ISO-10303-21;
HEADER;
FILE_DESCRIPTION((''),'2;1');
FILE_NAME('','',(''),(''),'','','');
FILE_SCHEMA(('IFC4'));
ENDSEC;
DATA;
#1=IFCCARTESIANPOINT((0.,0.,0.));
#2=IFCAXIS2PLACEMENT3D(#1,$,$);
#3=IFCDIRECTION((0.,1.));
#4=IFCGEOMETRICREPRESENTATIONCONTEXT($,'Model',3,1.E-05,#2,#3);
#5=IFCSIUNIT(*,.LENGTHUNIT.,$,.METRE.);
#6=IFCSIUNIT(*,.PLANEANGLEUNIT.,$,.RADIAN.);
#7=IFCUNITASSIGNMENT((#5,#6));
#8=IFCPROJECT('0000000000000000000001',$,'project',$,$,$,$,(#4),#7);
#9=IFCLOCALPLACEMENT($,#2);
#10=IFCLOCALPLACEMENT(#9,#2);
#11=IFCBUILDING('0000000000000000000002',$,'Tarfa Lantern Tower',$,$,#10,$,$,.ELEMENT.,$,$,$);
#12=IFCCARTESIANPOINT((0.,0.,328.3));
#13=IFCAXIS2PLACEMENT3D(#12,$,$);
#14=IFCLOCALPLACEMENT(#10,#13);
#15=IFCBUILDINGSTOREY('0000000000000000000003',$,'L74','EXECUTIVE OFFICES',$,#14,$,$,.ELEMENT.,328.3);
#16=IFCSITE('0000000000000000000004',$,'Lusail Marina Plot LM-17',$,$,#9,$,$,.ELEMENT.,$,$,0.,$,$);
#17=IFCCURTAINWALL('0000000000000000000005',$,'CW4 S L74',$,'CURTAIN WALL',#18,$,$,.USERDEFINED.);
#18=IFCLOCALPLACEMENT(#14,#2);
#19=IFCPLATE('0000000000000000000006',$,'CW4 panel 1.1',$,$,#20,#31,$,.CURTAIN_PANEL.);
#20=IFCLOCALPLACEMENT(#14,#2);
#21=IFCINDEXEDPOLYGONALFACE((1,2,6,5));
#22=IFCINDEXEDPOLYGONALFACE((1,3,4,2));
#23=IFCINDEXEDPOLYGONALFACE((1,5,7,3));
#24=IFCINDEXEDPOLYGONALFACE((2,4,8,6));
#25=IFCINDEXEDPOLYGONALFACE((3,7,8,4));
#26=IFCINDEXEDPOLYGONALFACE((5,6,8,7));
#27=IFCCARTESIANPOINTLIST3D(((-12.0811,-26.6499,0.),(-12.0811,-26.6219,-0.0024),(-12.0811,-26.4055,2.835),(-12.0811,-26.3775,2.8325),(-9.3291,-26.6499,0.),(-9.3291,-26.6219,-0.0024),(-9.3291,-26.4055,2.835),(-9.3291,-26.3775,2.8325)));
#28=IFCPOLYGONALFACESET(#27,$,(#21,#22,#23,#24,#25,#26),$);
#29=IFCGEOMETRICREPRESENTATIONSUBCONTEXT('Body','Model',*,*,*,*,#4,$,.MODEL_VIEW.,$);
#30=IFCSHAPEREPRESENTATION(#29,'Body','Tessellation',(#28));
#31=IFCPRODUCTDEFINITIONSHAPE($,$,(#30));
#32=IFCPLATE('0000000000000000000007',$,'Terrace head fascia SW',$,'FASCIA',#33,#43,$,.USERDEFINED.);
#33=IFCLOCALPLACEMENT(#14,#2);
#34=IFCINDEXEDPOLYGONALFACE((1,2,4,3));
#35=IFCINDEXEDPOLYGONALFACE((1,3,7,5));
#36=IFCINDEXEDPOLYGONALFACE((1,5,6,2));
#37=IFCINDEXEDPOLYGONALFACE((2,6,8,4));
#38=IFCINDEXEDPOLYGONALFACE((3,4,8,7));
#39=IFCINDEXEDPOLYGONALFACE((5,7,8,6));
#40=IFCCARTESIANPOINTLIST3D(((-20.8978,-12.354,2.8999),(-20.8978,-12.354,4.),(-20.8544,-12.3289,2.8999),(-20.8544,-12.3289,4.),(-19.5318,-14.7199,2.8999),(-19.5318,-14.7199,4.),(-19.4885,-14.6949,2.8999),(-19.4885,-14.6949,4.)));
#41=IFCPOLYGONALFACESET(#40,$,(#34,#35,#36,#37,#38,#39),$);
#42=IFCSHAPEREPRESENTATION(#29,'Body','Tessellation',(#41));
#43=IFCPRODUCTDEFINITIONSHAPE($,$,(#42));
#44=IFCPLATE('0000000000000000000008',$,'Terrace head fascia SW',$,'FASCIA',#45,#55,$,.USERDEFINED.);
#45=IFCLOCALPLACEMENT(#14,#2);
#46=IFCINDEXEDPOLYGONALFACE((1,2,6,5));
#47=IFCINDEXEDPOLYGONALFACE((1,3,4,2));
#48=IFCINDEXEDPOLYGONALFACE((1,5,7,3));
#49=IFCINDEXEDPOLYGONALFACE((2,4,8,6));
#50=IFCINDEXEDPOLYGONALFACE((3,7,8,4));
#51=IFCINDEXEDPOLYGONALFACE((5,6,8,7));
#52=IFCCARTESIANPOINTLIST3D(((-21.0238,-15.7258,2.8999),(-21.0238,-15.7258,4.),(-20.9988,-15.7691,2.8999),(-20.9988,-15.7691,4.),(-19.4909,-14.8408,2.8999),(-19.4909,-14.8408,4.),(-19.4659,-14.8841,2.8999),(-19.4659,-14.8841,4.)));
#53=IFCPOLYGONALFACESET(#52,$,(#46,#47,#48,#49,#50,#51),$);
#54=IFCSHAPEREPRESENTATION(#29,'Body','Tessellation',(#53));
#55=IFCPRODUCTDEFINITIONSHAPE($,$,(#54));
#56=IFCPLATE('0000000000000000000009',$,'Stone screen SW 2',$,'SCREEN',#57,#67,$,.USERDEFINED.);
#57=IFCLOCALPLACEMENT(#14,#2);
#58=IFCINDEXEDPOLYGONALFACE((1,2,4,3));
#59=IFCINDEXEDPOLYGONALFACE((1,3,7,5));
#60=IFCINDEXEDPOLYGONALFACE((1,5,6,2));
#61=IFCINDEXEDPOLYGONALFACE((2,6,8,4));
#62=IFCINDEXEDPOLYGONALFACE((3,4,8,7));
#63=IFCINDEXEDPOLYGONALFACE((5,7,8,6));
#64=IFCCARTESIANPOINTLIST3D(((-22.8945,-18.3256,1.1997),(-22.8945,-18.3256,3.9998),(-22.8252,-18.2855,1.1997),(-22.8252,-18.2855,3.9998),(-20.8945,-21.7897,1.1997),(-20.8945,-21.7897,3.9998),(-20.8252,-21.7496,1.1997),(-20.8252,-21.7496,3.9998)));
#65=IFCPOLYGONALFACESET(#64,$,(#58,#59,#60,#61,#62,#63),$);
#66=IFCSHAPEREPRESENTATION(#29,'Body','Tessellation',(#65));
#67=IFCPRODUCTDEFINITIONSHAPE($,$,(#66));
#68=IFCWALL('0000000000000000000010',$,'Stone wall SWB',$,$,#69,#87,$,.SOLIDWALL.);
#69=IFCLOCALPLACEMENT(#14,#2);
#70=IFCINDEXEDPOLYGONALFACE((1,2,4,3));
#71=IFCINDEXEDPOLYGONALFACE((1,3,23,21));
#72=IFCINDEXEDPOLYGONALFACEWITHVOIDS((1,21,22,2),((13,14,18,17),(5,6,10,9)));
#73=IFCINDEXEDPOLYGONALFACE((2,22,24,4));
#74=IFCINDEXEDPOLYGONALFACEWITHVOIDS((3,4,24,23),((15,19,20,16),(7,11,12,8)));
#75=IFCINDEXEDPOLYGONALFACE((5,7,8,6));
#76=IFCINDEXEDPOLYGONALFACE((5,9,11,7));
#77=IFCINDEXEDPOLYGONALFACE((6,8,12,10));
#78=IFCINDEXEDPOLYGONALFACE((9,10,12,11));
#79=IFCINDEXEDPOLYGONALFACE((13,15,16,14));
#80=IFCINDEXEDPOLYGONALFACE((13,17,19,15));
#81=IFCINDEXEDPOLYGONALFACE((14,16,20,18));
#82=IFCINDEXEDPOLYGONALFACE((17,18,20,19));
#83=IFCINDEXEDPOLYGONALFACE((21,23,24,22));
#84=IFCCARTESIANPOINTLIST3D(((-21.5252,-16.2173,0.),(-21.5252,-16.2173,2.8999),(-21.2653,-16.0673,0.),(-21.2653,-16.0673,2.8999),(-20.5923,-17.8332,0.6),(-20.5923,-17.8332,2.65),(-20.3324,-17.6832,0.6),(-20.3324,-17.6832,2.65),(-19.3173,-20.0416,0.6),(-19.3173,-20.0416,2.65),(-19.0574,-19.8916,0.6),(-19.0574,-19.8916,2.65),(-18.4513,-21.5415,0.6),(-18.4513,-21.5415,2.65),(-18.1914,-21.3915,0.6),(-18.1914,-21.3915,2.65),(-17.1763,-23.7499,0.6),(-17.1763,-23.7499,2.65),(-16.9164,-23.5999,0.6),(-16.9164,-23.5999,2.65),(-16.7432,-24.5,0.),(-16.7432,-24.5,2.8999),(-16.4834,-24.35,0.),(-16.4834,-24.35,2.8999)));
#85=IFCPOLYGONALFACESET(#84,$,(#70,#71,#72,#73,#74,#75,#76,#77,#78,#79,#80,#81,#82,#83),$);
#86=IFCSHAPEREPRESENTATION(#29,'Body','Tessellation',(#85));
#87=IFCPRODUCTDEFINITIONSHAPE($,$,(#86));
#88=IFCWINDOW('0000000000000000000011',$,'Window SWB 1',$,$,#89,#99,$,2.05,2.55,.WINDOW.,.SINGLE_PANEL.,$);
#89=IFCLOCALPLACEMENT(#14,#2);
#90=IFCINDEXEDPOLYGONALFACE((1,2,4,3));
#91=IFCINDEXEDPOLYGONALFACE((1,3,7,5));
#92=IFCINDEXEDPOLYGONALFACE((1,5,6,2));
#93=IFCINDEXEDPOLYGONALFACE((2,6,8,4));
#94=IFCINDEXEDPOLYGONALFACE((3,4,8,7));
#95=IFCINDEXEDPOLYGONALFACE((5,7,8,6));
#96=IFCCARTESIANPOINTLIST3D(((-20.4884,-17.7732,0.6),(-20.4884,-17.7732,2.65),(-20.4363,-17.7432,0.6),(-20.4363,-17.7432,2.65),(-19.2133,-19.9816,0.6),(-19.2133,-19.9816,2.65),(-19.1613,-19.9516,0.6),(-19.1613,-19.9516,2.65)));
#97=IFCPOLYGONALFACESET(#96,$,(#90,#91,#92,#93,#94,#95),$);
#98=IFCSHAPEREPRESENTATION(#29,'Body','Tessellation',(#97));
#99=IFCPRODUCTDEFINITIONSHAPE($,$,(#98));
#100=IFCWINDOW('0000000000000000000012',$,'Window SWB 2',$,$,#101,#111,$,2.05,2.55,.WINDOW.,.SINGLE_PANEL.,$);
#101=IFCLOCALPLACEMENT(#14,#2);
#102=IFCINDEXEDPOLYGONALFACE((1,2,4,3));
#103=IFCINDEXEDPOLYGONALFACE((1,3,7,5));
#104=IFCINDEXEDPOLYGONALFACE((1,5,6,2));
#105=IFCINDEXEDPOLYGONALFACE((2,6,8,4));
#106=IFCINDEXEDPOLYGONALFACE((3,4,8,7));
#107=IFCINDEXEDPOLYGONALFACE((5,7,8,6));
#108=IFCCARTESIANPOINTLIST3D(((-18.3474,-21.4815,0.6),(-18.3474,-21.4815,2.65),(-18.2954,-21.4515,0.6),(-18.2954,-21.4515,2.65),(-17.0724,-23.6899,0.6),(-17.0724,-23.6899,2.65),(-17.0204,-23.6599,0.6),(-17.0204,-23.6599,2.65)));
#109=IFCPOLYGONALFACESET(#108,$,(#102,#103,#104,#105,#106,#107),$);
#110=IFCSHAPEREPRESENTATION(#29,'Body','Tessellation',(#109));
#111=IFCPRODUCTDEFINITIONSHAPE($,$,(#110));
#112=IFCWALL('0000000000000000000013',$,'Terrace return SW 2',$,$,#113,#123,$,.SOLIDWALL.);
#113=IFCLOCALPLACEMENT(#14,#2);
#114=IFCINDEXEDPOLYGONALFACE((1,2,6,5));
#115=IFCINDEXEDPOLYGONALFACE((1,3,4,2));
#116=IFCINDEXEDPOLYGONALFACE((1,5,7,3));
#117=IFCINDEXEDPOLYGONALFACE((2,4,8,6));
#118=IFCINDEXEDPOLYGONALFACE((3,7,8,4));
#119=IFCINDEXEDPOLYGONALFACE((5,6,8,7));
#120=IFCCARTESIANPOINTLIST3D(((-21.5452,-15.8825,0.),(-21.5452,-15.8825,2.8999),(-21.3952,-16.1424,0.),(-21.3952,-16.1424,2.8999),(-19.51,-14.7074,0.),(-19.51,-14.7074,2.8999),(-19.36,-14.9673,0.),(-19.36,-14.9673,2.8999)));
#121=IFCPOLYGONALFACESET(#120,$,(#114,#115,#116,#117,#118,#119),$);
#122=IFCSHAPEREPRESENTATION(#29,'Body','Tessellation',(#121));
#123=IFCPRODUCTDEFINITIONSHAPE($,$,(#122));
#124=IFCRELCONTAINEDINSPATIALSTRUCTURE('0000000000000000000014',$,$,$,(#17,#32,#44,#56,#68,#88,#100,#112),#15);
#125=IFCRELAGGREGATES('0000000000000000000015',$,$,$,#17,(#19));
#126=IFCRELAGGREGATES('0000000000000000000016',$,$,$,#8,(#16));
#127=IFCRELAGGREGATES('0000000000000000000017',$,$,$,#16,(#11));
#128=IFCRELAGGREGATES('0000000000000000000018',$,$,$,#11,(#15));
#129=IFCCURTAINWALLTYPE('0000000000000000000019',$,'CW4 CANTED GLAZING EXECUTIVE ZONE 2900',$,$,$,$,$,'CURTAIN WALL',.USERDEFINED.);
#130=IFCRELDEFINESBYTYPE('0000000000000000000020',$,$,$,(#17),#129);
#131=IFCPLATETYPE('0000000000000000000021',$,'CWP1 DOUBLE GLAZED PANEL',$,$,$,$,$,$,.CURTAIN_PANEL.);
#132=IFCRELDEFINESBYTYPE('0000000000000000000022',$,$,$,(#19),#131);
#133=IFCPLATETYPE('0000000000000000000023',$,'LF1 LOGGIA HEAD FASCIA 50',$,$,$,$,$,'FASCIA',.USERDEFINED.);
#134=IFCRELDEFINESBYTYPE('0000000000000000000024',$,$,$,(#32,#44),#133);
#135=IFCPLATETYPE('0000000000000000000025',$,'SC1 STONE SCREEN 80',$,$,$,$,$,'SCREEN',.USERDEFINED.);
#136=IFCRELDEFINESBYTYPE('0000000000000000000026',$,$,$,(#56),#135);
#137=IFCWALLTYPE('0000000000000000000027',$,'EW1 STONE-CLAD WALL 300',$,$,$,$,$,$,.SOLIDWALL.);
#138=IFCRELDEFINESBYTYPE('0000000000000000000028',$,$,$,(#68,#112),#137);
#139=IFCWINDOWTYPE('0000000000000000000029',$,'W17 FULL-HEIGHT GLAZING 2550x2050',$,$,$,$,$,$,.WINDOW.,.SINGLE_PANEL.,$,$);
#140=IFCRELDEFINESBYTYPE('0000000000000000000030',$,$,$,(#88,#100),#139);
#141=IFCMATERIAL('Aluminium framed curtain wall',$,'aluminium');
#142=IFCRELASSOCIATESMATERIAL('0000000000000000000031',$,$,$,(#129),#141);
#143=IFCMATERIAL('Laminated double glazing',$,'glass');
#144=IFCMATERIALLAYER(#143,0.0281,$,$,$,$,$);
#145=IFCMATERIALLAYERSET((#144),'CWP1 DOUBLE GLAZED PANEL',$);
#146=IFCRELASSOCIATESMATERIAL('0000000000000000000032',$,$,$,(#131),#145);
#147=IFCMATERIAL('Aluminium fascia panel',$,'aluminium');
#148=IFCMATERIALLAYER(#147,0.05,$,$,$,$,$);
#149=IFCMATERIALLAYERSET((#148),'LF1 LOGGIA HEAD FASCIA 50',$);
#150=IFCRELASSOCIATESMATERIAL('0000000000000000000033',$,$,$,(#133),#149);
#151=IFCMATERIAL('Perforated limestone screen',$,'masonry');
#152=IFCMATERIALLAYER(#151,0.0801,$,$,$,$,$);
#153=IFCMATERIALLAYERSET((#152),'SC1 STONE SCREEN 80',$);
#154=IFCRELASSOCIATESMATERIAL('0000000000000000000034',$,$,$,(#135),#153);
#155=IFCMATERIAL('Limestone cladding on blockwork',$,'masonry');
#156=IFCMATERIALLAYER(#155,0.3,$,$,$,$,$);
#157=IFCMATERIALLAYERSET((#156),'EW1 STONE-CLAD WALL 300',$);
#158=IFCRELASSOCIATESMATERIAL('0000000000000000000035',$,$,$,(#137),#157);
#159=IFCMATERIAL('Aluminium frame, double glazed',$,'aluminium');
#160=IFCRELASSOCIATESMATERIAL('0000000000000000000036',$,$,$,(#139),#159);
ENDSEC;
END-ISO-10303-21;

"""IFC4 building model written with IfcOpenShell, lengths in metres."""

from ifc_helpers import new_model, si_unit, direction, frame, frame_2d, origin, origin_2d, place, context, subcontext, project, spatial, polyline, rectangle, outline, extrude, material, layer, layer_set, type_object, element, fill, aggregate, save


model = new_model("IFC4")

# Units and contexts
model_context = context("Model", 3, precision=1e-05, world=origin(), true_north=direction((0.0, 1.0)))
body_context = subcontext(model_context, "Body", "Model", "MODEL_VIEW")
ifc_project = project(units=[si_unit("LENGTHUNIT", "METRE"), si_unit("PLANEANGLEUNIT", "RADIAN")], contexts=[model_context])

# Site, building, storey
site_placement = place(None, origin())
site = spatial("IfcSite", under=ifc_project, at=site_placement, Name="Lusail Marina Plot LM-17", CompositionType="ELEMENT", RefElevation=0.0)
building_placement = place(site_placement, origin())
building = spatial("IfcBuilding", under=site, at=building_placement, Name="Tarfa Lantern Tower", CompositionType="ELEMENT")
storey_placement = place(building_placement, frame((0.0, 0.0, 328.3)))
storey = spatial("IfcBuildingStorey", under=building, at=storey_placement, Name="L74", Description="EXECUTIVE OFFICES", CompositionType="ELEMENT", Elevation=328.3)

# Curtain wall
ifc_material_1 = material(Name="Aluminium framed curtain wall", Category="aluminium")
curtain_wall_type = type_object("IfcCurtainWallType", Name="CW4 CANTED GLAZING EXECUTIVE ZONE 2900", ElementType="CURTAIN WALL", PredefinedType="USERDEFINED", material=ifc_material_1)
curtain_wall_placement = place(storey_placement, origin())
curtain_wall = element("IfcCurtainWall", 1, at=curtain_wall_placement, inside=storey, type_object=curtain_wall_type, Name="CW4 S L74", ObjectType="CURTAIN WALL", PredefinedType="USERDEFINED")

# Plate
ifc_material_2 = material(Name="Laminated double glazing", Category="glass")
ifc_layer_1 = layer(ifc_material_2, 0.0281)
ifc_layer_set_1 = layer_set([ifc_layer_1], Name="CWP1 DOUBLE GLAZED PANEL")
plate_type_1 = type_object("IfcPlateType", Name="CWP1 DOUBLE GLAZED PANEL", PredefinedType="CURTAIN_PANEL", material=ifc_layer_set_1)
plate_1_placement = place(storey_placement, frame((-12.0811, -26.6499, 0.0), z_axis=(0.0, -0.996305, 0.085885), x_axis=(1.0, 0.0, 0.0)))
plate_1 = element("IfcPlate", 2, at=plate_1_placement, type_object=plate_type_1, Name="CW4 panel 1.1", PredefinedType="CURTAIN_PANEL", context=body_context, shape_type="SweptSolid", body=[
    extrude(outline(polyline([(0.0, 0.0), (2.752, 0.0), (2.752, 2.8455), (0.0, 2.8455), (0.0, 0.0)])), origin(), (0.0, 0.0, -1.0), 0.0281),
])
aggregate(curtain_wall, [plate_1])

# Plates
ifc_material_3 = material(Name="Aluminium fascia panel", Category="aluminium")
ifc_layer_2 = layer(ifc_material_3, 0.05)
ifc_layer_set_2 = layer_set([ifc_layer_2], Name="LF1 LOGGIA HEAD FASCIA 50")
plate_type_2 = type_object("IfcPlateType", Name="LF1 LOGGIA HEAD FASCIA 50", ElementType="FASCIA", PredefinedType="USERDEFINED", material=ifc_layer_set_2)
plate_2_placement = place(storey_placement, frame((-20.1931, -13.5244, 2.8999), z_axis=(0.0, 0.0, 1.0), x_axis=(0.5, -0.866025, 0.0)))
element("IfcPlate", 3, at=plate_2_placement, inside=storey, type_object=plate_type_2, Name="Terrace head fascia SW", ObjectType="FASCIA", PredefinedType="USERDEFINED", context=body_context, shape_type="SweptSolid", body=[
    extrude(rectangle(XDim=2.7319, YDim=0.05, at=origin_2d()), origin(), (0.0, 0.0, 1.0), 1.1001),
])
plate_3_placement = place(storey_placement, frame((-20.2449, -15.3049, 2.8999), z_axis=(0.0, 0.0, 1.0), x_axis=(0.866025, 0.5, 0.0)))
element("IfcPlate", 4, at=plate_3_placement, inside=storey, type_object=plate_type_2, Name="Terrace head fascia SW", ObjectType="FASCIA", PredefinedType="USERDEFINED", context=body_context, shape_type="SweptSolid", body=[
    extrude(rectangle(XDim=1.77, YDim=0.05, at=origin_2d()), origin(), (0.0, 0.0, 1.0), 1.1001),
])
ifc_material_4 = material(Name="Perforated limestone screen", Category="masonry")
ifc_layer_3 = layer(ifc_material_4, 0.0801)
ifc_layer_set_3 = layer_set([ifc_layer_3], Name="SC1 STONE SCREEN 80")
plate_type_3 = type_object("IfcPlateType", Name="SC1 STONE SCREEN 80", ElementType="SCREEN", PredefinedType="USERDEFINED", material=ifc_layer_set_3)
plate_4_placement = place(storey_placement, frame((-21.8599, -20.0376, 1.1997), z_axis=(0.0, 0.0, 1.0), x_axis=(0.5, -0.866025, 0.0)))
element("IfcPlate", 5, at=plate_4_placement, inside=storey, type_object=plate_type_3, Name="Stone screen SW 2", ObjectType="SCREEN", PredefinedType="USERDEFINED", context=body_context, shape_type="SweptSolid", body=[
    extrude(rectangle(XDim=4.0, YDim=0.0801, at=origin_2d()), origin(), (0.0, 0.0, 1.0), 2.8),
])

# Wall, openings, windows
ifc_material_5 = material(Name="Limestone cladding on blockwork", Category="masonry")
ifc_layer_4 = layer(ifc_material_5, 0.3)
ifc_layer_set_4 = layer_set([ifc_layer_4], Name="EW1 STONE-CLAD WALL 300")
wall_type = type_object("IfcWallType", Name="EW1 STONE-CLAD WALL 300", PredefinedType="SOLIDWALL", material=ifc_layer_set_4)
wall_1_placement = place(storey_placement, frame((-21.3953, -16.1423, 0.0), z_axis=(0.0, 0.0, 1.0), x_axis=(0.499996, -0.866027, 0.0)))
wall_1 = element("IfcWall", 6, at=wall_1_placement, inside=storey, type_object=wall_type, Name="Stone wall SWB", PredefinedType="SOLIDWALL", context=body_context, shape_type="SweptSolid", body=[
    extrude(rectangle(XDim=9.564, YDim=0.3, at=frame_2d((4.782, 0.0))), origin(), (0.0, 0.0, 1.0), 2.8999),
])
opening_1_placement = place(wall_1_placement, frame((1.866, 0.0, 0.6001)))
opening_1 = element("IfcOpeningElement", 7, at=opening_1_placement, cuts=wall_1, PredefinedType="OPENING", context=body_context, shape_type="SweptSolid", body=[
    extrude(rectangle(XDim=2.55, YDim=2.05, at=frame_2d((1.2749, 1.0249))), frame((0.0, 0.1599, 0.0), z_axis=(0.0, -1.0, 0.0), x_axis=(1.0, 0.0, 0.0)), (0.0, 0.0, 1.0), 0.3201),
])
opening_2_placement = place(wall_1_placement, frame((6.1479, 0.0, 0.6001)))
opening_2 = element("IfcOpeningElement", 8, at=opening_2_placement, cuts=wall_1, PredefinedType="OPENING", context=body_context, shape_type="SweptSolid", body=[
    extrude(rectangle(XDim=2.55, YDim=2.05, at=frame_2d((1.2749, 1.0249))), frame((0.0, 0.1599, 0.0), z_axis=(0.0, -1.0, 0.0), x_axis=(1.0, 0.0, 0.0)), (0.0, 0.0, 1.0), 0.3201),
])
ifc_material_6 = material(Name="Aluminium frame, double glazed", Category="aluminium")
window_type = type_object("IfcWindowType", Name="W17 FULL-HEIGHT GLAZING 2550x2050", PartitioningType="SINGLE_PANEL", PredefinedType="WINDOW", material=ifc_material_6)
window_1_placement = place(opening_1_placement, origin())
window_1 = element("IfcWindow", 9, at=window_1_placement, inside=storey, type_object=window_type, Name="Window SWB 1", OverallHeight=2.05, OverallWidth=2.55, PartitioningType="SINGLE_PANEL", PredefinedType="WINDOW", context=body_context, shape_type="SweptSolid", body=[
    extrude(rectangle(XDim=2.55, YDim=2.05, at=frame_2d((1.2749, 1.0249))), frame((0.0, 0.03, 0.0), z_axis=(0.0, -1.0, 0.0), x_axis=(1.0, 0.0, 0.0)), (0.0, 0.0, 1.0), 0.0601),
])
fill(opening_1, window_1)
window_2_placement = place(opening_2_placement, origin())
window_2 = element("IfcWindow", 10, at=window_2_placement, inside=storey, type_object=window_type, Name="Window SWB 2", OverallHeight=2.05, OverallWidth=2.55, PartitioningType="SINGLE_PANEL", PredefinedType="WINDOW", context=body_context, shape_type="SweptSolid", body=[
    extrude(rectangle(XDim=2.55, YDim=2.05, at=frame_2d((1.2749, 1.0249))), frame((0.0, 0.03, 0.0), z_axis=(0.0, -1.0, 0.0), x_axis=(1.0, 0.0, 0.0)), (0.0, 0.0, 1.0), 0.0601),
])
fill(opening_2, window_2)

# Wall
wall_2_placement = place(storey_placement, frame((-21.4702, -16.0125, 0.0), z_axis=(0.0, 0.0, 1.0), x_axis=(0.866016, 0.500016, 0.0)))
element("IfcWall", 11, at=wall_2_placement, inside=storey, type_object=wall_type, Name="Terrace return SW 2", PredefinedType="SOLIDWALL", context=body_context, shape_type="SweptSolid", body=[
    extrude(rectangle(XDim=2.3501, YDim=0.3, at=frame_2d((1.175, 0.0))), origin(), (0.0, 0.0, 1.0), 2.8999),
])

save(model, "model.ifc")
